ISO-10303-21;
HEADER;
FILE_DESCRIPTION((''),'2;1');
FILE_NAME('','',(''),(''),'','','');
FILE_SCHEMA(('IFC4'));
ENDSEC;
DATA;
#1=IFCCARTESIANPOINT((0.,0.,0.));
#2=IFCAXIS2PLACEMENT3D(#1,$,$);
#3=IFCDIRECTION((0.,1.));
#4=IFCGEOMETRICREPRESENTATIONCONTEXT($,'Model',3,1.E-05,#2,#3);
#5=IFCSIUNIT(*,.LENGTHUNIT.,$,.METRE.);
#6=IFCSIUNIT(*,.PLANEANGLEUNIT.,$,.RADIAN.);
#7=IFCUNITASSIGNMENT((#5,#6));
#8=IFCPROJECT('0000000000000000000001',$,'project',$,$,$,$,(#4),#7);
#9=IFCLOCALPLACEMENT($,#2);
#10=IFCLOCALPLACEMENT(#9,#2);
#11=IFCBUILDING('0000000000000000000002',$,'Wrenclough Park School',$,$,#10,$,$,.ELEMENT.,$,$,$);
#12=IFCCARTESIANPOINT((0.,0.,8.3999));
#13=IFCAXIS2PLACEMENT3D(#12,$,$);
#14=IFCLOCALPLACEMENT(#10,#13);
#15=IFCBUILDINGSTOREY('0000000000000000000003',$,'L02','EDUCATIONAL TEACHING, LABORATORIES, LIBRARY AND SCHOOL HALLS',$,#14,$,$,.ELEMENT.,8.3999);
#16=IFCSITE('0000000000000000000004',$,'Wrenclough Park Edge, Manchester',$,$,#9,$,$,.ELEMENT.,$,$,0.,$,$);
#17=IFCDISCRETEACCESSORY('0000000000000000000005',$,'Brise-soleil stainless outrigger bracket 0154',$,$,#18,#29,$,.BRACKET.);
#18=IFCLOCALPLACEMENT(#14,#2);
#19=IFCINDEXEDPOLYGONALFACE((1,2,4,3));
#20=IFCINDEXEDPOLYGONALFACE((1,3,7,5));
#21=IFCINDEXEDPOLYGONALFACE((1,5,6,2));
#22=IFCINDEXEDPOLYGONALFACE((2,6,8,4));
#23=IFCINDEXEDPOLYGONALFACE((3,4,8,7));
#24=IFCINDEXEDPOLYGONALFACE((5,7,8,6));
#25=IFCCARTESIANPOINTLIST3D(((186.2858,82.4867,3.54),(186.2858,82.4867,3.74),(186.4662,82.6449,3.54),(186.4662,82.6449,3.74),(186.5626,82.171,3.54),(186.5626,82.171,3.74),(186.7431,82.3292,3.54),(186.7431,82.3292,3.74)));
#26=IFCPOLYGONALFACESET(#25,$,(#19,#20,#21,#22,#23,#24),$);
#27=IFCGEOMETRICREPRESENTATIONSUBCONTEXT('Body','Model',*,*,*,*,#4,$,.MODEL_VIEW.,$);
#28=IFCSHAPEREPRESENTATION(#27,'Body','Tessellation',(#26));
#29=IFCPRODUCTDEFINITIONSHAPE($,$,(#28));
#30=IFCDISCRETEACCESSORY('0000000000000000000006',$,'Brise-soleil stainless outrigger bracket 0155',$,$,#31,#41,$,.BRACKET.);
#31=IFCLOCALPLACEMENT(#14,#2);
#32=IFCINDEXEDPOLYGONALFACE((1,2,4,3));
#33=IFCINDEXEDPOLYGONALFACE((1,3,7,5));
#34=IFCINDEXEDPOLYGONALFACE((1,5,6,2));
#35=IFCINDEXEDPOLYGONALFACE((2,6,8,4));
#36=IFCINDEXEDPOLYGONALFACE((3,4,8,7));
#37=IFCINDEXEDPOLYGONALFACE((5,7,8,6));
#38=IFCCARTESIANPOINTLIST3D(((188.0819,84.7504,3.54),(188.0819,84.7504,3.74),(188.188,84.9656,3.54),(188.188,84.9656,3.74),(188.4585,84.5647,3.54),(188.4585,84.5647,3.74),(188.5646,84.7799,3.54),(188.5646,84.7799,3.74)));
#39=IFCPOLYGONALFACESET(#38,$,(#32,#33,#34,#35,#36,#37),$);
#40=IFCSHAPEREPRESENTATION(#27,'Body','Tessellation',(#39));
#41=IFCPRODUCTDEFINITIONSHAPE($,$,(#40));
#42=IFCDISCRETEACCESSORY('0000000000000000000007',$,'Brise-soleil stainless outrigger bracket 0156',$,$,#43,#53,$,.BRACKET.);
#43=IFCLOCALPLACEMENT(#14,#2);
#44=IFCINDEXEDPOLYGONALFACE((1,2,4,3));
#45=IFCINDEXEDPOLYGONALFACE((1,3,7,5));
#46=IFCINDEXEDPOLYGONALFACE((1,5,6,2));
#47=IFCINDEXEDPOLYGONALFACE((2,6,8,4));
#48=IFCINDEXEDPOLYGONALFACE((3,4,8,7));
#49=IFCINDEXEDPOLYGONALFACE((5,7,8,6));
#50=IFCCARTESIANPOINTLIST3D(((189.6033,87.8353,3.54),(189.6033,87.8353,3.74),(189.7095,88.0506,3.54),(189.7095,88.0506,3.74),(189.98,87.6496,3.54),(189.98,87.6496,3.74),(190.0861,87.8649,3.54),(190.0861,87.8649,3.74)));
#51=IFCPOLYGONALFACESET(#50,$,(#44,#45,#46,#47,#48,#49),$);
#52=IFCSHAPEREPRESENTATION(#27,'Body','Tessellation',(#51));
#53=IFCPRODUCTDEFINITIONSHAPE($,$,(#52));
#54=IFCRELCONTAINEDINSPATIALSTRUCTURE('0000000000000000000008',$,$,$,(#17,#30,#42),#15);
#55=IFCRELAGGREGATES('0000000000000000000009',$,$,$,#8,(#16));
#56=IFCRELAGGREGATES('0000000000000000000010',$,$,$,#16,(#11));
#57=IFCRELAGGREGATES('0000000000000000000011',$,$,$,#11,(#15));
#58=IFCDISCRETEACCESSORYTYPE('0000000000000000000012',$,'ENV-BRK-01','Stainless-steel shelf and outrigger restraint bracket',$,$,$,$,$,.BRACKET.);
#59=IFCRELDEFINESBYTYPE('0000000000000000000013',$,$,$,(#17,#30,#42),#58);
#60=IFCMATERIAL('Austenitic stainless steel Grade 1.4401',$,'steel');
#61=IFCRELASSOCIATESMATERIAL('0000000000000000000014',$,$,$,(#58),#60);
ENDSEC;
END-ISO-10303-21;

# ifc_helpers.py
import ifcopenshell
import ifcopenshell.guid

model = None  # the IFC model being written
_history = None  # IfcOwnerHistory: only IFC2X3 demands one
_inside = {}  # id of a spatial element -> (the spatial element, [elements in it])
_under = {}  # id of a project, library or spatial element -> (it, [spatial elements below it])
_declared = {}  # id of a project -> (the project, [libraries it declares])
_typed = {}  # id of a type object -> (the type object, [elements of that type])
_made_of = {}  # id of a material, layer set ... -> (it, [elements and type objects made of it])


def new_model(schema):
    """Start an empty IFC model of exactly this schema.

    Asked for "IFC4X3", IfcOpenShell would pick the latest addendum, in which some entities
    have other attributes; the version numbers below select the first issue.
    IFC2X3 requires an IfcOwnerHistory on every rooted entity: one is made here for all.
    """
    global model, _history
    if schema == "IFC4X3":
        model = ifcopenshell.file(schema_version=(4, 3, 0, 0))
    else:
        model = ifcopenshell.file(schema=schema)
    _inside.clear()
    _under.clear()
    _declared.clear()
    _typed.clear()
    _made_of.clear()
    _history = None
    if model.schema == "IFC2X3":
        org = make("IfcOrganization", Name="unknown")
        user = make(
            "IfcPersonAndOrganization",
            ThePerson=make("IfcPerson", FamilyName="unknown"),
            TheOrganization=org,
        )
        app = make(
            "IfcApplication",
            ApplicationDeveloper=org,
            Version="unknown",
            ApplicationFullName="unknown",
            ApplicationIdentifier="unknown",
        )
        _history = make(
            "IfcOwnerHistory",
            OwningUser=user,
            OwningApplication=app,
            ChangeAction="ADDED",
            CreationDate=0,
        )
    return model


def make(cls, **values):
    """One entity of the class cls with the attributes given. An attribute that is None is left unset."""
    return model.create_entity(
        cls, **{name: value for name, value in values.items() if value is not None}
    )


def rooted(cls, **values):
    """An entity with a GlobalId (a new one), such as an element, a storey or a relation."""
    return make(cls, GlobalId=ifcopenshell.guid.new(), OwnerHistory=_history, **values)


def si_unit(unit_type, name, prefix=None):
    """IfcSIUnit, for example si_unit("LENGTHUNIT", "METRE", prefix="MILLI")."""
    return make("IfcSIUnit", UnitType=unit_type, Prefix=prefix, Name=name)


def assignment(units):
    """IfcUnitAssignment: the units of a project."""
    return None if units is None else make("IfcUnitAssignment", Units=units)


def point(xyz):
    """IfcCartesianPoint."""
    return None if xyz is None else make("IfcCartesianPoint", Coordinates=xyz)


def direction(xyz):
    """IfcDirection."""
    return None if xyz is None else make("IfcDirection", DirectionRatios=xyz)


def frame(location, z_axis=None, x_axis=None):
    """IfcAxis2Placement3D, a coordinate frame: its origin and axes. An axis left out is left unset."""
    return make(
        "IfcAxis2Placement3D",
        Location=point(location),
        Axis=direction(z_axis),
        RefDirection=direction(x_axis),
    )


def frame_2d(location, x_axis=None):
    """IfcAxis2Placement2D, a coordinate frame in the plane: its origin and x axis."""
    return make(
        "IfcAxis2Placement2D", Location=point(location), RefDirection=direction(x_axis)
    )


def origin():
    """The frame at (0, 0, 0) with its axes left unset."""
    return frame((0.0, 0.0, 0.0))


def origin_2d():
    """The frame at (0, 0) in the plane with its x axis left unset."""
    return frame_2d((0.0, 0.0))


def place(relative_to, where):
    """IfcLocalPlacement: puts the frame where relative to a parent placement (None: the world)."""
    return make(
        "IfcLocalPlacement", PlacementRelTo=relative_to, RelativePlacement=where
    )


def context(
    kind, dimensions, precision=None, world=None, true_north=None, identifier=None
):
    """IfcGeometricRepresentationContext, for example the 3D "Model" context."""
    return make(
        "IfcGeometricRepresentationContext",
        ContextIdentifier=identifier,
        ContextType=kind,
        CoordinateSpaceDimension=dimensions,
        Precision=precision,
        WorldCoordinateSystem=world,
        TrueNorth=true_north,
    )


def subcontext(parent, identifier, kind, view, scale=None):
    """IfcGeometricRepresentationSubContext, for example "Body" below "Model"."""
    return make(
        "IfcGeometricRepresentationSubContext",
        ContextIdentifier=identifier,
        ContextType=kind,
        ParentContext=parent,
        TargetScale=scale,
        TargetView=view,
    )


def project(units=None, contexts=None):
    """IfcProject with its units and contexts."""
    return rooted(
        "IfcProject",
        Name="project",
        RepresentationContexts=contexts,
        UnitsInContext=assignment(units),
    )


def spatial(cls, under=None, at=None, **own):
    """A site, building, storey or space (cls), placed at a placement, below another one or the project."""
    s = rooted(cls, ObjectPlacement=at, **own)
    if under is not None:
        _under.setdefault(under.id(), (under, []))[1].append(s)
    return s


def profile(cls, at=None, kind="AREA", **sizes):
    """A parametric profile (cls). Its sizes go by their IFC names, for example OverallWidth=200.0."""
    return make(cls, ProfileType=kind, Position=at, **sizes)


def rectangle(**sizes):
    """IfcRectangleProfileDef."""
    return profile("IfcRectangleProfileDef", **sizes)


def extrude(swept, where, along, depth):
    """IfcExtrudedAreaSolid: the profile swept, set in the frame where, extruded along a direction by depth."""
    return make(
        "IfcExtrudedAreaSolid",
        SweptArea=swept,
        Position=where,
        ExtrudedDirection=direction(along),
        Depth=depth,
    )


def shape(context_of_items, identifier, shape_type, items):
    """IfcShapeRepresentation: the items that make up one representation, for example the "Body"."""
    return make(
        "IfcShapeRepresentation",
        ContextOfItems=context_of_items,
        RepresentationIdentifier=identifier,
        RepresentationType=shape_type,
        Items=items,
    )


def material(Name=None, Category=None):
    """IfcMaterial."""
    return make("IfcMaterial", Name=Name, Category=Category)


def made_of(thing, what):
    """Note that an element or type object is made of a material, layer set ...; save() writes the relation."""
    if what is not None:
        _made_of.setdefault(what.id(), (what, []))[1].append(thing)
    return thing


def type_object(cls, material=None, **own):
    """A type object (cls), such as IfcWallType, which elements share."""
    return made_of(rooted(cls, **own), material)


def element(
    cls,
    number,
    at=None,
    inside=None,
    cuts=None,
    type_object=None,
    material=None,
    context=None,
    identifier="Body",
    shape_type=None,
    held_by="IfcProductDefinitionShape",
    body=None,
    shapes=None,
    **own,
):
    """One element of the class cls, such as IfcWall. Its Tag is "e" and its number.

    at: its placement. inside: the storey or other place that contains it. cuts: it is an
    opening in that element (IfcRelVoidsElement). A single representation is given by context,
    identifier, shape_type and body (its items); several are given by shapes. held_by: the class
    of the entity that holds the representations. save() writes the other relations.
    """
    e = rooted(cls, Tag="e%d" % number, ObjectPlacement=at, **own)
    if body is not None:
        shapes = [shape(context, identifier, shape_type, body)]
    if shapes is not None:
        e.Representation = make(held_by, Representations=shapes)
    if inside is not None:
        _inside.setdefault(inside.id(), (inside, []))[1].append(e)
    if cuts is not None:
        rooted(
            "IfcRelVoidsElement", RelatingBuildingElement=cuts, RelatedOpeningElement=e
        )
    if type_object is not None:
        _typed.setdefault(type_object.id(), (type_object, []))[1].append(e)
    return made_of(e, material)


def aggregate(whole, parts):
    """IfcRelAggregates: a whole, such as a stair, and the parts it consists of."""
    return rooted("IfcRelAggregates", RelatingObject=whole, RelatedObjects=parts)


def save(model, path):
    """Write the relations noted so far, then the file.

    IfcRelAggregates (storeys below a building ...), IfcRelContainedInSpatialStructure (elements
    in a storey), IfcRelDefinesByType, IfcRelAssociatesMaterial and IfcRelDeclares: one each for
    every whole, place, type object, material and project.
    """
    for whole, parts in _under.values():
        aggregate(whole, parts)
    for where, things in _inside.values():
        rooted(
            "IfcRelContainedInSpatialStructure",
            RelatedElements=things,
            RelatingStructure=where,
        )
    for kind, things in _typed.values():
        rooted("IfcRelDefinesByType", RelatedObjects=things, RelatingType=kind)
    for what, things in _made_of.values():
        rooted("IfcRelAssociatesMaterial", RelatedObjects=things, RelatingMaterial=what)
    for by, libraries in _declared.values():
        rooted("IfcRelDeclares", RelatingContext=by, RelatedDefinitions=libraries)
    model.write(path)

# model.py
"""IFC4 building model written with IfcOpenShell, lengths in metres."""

from ifc_helpers import new_model, si_unit, direction, frame, origin, origin_2d, place, context, subcontext, project, spatial, rectangle, extrude, material, type_object, element, save


model = new_model("IFC4")

# Units and contexts
model_context = context("Model", 3, precision=1e-05, world=origin(), true_north=direction((0.0, 1.0)))
body_context = subcontext(model_context, "Body", "Model", "MODEL_VIEW")
ifc_project = project(units=[si_unit("LENGTHUNIT", "METRE"), si_unit("PLANEANGLEUNIT", "RADIAN")], contexts=[model_context])

# Site, building, storey
site_placement = place(None, origin())
site = spatial("IfcSite", under=ifc_project, at=site_placement, Name="Wrenclough Park Edge, Manchester", CompositionType="ELEMENT", RefElevation=0.0)
building_placement = place(site_placement, origin())
building = spatial("IfcBuilding", under=site, at=building_placement, Name="Wrenclough Park School", CompositionType="ELEMENT")
storey_placement = place(building_placement, frame((0.0, 0.0, 8.3999)))
storey = spatial("IfcBuildingStorey", under=building, at=storey_placement, Name="L02", Description="EDUCATIONAL TEACHING, LABORATORIES, LIBRARY AND SCHOOL HALLS", CompositionType="ELEMENT", Elevation=8.3999)

# Discrete accessories
ifc_material_1 = material(Name="Austenitic stainless steel Grade 1.4401", Category="steel")
discrete_accessory_type = type_object("IfcDiscreteAccessoryType", Name="ENV-BRK-01", Description="Stainless-steel shelf and outrigger restraint bracket", PredefinedType="BRACKET", material=ifc_material_1)
for number, where, z_axis, x_axis, name in (
    (1, (186.5144, 82.408, 3.54), (0.0, 0.0, 1.0), (0.751841, 0.659344, 0.0), "Brise-soleil stainless outrigger bracket 0154"),
    (2, (188.3232, 84.7651, 3.54), (0.0, 0.0, 1.0), (0.442288, 0.896873, 0.0), "Brise-soleil stainless outrigger bracket 0155"),
    (3, (189.8447, 87.8501, 3.54), (0.0, 0.0, 1.0), (0.442288, 0.896873, 0.0), "Brise-soleil stainless outrigger bracket 0156"),
):
    element("IfcDiscreteAccessory", number, at=place(storey_placement, frame(where, z_axis=z_axis, x_axis=x_axis)), inside=storey, type_object=discrete_accessory_type, Name=name, PredefinedType="BRACKET", context=body_context, shape_type="SweptSolid", body=[
        extrude(rectangle(XDim=0.24, YDim=0.4199, at=origin_2d()), origin(), (0.0, 0.0, 1.0), 0.2),
    ])

save(model, "model.ifc")
